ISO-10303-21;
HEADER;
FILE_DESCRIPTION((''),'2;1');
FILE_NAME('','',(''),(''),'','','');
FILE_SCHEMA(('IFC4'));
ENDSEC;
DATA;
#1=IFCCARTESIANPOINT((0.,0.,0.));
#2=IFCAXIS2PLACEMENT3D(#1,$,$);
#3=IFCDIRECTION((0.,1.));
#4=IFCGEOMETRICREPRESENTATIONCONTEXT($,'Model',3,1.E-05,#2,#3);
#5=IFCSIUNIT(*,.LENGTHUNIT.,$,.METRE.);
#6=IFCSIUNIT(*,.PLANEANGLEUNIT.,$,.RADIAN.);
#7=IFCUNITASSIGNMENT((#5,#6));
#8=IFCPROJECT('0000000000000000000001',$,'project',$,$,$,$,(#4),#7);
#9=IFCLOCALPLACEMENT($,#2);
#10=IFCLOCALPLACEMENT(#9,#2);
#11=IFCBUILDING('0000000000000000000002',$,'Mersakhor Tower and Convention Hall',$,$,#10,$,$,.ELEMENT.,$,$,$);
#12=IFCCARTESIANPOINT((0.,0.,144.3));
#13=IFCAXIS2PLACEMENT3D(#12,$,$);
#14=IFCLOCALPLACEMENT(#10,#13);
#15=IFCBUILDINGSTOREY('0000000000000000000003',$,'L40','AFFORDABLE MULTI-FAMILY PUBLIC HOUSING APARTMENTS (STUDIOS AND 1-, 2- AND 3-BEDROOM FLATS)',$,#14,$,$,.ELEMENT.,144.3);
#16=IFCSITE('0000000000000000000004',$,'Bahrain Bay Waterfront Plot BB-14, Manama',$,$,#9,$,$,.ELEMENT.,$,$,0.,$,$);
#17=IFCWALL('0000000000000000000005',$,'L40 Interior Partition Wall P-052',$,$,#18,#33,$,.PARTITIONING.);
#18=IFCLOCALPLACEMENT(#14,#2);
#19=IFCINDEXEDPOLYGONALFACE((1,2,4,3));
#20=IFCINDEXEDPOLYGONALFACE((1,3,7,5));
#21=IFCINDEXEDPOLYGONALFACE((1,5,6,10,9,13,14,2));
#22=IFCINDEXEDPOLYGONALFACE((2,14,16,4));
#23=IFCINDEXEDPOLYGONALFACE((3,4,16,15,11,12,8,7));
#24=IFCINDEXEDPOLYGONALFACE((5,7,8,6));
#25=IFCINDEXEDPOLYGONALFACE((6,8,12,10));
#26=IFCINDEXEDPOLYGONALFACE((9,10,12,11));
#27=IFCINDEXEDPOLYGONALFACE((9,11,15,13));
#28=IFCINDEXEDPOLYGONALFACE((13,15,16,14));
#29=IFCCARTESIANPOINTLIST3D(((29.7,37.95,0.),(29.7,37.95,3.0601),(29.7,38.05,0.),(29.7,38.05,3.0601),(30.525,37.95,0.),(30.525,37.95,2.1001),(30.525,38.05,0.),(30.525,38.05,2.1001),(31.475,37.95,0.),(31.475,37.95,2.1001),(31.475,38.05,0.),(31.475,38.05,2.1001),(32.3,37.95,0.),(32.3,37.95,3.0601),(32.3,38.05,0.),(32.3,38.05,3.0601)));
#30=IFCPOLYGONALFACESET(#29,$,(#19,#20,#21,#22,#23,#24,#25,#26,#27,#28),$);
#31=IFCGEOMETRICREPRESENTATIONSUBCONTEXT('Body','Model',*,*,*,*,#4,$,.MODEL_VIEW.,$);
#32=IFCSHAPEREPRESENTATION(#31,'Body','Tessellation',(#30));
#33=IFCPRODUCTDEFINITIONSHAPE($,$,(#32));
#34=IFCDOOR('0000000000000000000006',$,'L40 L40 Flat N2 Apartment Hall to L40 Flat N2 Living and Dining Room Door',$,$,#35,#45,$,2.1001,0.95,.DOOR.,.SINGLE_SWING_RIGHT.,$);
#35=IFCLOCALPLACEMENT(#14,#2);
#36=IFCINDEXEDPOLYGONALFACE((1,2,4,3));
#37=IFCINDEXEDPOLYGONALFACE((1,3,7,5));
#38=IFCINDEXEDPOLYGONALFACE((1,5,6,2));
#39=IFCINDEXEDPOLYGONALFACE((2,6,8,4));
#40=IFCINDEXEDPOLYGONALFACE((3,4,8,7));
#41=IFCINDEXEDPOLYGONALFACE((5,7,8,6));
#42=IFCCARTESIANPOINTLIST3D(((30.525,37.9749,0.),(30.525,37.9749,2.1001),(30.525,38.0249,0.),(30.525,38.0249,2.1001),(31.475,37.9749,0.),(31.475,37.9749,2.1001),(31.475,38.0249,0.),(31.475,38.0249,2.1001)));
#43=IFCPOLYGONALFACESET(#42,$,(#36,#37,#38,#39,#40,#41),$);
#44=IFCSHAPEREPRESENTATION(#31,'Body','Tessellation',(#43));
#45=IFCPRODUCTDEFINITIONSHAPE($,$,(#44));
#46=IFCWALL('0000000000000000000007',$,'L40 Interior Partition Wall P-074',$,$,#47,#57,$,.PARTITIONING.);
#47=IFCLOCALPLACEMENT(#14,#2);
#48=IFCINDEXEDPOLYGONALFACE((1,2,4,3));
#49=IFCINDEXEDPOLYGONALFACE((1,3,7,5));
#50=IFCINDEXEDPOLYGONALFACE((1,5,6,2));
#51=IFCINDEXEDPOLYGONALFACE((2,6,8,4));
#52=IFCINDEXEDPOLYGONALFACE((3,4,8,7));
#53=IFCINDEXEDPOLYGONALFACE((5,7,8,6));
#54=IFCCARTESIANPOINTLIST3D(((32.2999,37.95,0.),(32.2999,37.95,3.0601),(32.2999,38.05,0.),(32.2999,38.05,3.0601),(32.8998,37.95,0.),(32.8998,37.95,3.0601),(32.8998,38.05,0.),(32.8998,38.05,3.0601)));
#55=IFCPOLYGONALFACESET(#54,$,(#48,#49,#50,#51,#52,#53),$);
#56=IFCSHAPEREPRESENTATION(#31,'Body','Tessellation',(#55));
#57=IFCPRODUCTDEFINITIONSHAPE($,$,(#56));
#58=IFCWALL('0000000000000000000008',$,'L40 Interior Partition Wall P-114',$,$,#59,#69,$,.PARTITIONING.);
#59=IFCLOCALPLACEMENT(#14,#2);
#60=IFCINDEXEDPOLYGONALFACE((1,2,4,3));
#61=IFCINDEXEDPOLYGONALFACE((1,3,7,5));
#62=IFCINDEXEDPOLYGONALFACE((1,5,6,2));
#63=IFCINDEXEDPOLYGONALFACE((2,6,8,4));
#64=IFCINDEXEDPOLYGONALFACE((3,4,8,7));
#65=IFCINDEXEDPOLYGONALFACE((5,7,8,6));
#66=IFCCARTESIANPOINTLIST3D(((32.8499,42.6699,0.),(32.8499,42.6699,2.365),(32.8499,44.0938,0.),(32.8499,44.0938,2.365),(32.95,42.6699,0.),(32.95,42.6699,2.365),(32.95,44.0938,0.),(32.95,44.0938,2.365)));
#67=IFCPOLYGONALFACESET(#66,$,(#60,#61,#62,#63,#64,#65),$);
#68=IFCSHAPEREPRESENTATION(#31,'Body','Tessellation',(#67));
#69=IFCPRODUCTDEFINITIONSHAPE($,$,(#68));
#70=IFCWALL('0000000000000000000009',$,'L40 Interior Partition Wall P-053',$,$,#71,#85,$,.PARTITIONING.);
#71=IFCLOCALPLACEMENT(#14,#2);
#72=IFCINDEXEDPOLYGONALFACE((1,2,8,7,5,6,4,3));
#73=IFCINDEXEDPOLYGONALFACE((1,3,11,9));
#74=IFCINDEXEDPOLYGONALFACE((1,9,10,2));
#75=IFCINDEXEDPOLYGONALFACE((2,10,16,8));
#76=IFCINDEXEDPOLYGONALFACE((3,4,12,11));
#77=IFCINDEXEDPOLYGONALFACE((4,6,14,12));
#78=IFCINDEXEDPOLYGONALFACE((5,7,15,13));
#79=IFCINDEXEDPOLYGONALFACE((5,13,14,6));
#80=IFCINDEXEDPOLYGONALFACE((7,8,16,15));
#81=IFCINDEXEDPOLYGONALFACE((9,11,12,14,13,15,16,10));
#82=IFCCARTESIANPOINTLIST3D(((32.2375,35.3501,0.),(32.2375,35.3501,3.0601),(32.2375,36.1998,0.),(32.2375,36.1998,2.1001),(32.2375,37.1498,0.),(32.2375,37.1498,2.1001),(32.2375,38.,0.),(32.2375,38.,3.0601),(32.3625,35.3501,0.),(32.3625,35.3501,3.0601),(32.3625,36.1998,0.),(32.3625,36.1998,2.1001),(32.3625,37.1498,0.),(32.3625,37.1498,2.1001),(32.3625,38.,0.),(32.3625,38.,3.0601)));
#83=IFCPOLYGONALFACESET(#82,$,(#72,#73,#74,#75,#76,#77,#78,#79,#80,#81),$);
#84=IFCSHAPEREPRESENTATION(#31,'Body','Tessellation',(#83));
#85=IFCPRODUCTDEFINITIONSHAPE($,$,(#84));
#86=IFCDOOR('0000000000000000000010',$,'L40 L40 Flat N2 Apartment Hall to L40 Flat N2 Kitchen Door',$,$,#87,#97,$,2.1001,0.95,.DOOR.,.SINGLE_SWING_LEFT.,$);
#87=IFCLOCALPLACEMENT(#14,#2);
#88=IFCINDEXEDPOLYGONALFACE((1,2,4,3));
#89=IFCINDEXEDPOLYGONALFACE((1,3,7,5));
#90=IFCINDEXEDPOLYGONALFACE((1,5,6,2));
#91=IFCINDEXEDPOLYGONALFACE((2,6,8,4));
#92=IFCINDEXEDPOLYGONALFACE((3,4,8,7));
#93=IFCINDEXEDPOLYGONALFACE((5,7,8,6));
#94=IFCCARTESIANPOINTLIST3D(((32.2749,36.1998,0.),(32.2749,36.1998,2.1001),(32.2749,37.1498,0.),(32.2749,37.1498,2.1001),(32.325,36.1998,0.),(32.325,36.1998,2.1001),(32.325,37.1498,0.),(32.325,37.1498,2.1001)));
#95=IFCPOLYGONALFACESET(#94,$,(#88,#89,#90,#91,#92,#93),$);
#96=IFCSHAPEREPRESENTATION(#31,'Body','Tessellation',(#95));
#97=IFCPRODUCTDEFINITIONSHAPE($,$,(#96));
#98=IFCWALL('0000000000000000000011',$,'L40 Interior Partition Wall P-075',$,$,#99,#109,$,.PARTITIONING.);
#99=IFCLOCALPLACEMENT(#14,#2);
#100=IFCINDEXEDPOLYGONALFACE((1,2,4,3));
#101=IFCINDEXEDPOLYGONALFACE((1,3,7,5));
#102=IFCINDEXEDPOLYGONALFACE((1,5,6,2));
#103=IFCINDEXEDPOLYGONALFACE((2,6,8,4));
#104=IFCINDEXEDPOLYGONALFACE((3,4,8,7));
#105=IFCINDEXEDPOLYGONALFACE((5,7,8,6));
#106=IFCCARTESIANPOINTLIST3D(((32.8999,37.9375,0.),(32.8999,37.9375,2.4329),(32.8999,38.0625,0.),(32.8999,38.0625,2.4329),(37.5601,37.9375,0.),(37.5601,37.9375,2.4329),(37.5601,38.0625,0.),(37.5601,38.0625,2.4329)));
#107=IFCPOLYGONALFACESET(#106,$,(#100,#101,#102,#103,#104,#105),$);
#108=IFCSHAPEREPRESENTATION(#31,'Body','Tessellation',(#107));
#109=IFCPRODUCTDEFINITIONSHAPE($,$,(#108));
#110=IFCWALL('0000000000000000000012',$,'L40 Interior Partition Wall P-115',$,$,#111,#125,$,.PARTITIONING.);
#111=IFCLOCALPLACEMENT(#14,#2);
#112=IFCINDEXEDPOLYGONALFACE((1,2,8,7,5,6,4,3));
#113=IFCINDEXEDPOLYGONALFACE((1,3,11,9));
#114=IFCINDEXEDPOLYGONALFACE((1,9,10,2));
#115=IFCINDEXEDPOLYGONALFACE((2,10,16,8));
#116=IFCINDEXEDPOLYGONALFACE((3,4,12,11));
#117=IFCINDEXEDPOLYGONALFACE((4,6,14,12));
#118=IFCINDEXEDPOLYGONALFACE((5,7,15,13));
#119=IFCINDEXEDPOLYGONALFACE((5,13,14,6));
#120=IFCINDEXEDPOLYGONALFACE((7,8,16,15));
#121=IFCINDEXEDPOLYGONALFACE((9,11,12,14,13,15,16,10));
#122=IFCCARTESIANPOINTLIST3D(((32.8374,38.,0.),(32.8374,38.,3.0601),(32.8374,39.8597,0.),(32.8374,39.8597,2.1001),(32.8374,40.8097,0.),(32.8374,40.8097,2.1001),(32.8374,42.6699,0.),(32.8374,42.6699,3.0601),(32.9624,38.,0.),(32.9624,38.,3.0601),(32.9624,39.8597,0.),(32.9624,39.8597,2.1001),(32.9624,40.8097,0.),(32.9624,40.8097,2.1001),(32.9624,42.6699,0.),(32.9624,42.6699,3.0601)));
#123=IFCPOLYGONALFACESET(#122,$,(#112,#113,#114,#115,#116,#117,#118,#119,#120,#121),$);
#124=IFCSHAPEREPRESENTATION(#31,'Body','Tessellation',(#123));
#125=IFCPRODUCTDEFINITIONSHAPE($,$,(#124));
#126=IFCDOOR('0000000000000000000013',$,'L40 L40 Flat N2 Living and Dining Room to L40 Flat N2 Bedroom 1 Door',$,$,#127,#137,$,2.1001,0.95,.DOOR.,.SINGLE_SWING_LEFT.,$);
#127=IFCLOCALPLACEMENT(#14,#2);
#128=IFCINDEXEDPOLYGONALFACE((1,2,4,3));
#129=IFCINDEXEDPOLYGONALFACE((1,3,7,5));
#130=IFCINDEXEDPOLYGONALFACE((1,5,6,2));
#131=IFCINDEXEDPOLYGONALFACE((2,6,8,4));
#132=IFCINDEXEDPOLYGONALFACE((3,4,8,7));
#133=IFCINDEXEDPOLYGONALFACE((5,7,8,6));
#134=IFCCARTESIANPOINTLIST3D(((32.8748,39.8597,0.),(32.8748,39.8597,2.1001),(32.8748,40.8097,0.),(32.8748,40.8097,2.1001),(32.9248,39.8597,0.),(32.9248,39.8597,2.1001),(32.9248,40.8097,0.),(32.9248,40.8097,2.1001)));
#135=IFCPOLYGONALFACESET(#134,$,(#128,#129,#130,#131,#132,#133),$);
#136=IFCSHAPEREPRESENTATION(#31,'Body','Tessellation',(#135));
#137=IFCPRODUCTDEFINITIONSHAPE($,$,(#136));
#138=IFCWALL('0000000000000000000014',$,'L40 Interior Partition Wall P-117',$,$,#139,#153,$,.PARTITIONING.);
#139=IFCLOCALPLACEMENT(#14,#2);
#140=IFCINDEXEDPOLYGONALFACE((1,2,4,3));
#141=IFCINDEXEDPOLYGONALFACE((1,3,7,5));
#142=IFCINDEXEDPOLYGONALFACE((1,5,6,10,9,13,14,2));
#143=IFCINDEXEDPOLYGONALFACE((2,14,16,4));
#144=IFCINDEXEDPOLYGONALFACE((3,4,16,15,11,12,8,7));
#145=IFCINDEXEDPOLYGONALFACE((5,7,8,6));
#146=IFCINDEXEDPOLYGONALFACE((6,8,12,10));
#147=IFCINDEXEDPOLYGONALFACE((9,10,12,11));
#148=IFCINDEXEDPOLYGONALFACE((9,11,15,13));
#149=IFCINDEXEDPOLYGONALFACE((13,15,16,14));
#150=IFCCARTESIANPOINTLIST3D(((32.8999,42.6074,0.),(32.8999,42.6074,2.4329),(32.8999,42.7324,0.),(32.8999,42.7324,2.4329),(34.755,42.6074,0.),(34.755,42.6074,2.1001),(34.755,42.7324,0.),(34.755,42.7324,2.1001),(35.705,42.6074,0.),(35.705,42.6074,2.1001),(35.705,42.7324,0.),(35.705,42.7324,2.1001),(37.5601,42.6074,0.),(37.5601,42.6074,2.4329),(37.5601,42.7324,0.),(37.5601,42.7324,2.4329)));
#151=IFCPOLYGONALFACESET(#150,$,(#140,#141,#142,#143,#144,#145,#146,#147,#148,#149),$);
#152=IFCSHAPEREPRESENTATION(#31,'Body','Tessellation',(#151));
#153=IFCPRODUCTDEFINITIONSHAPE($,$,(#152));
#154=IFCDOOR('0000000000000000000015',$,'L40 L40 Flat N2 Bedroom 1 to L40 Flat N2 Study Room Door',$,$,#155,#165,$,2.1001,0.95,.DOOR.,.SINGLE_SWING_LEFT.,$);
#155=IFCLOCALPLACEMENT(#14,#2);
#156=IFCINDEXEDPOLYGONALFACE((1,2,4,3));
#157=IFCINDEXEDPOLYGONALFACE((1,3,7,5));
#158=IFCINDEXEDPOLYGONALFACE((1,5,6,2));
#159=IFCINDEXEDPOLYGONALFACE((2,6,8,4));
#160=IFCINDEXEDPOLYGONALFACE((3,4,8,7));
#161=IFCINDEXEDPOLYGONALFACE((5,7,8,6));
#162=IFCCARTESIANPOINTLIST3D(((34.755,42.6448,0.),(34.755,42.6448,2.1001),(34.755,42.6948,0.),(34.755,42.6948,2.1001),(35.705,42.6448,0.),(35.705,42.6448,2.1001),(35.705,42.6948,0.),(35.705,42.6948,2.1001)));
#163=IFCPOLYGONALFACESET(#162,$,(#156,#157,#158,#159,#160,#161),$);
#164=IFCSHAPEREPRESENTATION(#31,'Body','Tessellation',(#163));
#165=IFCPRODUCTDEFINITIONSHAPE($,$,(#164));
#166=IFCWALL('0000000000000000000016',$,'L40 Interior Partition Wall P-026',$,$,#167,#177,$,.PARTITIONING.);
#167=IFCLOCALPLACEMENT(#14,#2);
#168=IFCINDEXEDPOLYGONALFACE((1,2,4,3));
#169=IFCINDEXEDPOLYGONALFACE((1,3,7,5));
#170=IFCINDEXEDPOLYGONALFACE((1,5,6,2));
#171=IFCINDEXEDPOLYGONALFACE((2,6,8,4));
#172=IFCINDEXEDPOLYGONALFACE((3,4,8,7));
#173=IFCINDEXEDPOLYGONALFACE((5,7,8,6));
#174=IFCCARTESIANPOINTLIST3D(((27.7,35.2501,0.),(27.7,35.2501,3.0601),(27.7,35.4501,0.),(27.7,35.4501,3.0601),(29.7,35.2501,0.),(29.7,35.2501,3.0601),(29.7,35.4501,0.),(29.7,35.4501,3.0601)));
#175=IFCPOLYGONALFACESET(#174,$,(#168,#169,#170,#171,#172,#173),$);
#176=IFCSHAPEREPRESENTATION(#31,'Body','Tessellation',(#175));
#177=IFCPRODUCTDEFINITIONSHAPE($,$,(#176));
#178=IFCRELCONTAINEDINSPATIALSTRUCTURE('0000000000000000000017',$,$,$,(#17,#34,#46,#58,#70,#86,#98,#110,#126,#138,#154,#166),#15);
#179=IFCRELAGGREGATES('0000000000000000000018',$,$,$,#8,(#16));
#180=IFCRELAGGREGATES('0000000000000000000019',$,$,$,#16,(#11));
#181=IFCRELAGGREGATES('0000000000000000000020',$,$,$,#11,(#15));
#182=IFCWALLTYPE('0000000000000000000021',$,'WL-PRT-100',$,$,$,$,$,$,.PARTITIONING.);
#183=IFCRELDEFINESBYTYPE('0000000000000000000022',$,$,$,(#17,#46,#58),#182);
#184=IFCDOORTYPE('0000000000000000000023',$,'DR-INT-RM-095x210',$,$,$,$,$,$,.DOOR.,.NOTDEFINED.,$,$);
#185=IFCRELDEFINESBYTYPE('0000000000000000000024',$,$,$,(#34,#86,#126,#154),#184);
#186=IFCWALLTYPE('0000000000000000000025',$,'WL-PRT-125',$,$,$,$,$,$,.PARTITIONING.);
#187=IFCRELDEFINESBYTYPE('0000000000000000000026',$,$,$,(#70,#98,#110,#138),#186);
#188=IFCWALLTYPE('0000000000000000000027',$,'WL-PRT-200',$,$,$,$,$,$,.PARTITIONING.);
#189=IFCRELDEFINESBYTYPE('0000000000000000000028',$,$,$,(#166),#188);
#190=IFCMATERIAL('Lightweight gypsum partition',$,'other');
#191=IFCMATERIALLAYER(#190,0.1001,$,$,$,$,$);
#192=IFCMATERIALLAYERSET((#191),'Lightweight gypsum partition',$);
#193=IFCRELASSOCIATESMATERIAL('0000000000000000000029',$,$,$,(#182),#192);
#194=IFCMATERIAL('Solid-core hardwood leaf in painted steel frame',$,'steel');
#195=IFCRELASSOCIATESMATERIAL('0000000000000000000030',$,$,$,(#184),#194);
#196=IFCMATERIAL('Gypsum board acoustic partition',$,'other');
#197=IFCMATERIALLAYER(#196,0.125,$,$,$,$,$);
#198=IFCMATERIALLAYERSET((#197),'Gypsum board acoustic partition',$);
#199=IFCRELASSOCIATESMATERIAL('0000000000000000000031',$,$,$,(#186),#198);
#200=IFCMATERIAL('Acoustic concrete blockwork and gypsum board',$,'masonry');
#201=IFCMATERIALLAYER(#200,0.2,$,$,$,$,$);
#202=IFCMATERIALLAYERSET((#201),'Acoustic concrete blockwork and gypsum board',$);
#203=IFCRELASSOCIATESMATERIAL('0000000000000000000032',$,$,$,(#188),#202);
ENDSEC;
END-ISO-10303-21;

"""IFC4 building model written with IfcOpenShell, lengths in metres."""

from ifc_helpers import new_model, si_unit, direction, frame, frame_2d, origin, place, context, subcontext, project, spatial, rectangle, extrude, material, layer, layer_set, type_object, element, fill, save


model = new_model("IFC4")

# Units and contexts
model_context = context("Model", 3, precision=1e-05, world=origin(), true_north=direction((0.0, 1.0)))
body_context = subcontext(model_context, "Body", "Model", "MODEL_VIEW")
ifc_project = project(units=[si_unit("LENGTHUNIT", "METRE"), si_unit("PLANEANGLEUNIT", "RADIAN")], contexts=[model_context])

# Site, building, storey
site_placement = place(None, origin())
site = spatial("IfcSite", under=ifc_project, at=site_placement, Name="Bahrain Bay Waterfront Plot BB-14, Manama", CompositionType="ELEMENT", RefElevation=0.0)
building_placement = place(site_placement, origin())
building = spatial("IfcBuilding", under=site, at=building_placement, Name="Mersakhor Tower and Convention Hall", CompositionType="ELEMENT")
storey_placement = place(building_placement, frame((0.0, 0.0, 144.3)))
storey = spatial("IfcBuildingStorey", under=building, at=storey_placement, Name="L40", Description="AFFORDABLE MULTI-FAMILY PUBLIC HOUSING APARTMENTS (STUDIOS AND 1-, 2- AND 3-BEDROOM FLATS)", CompositionType="ELEMENT", Elevation=144.3)

# Wall, opening, door
ifc_material_1 = material(Name="Lightweight gypsum partition", Category="other")
ifc_layer_1 = layer(ifc_material_1, 0.1001)
ifc_layer_set_1 = layer_set([ifc_layer_1], Name="Lightweight gypsum partition")
wall_type_1 = type_object("IfcWallType", Name="WL-PRT-100", PredefinedType="PARTITIONING", material=ifc_layer_set_1)
wall_1_placement = place(storey_placement, frame((29.7, 38.0, 0.0), z_axis=(0.0, 0.0, 1.0), x_axis=(1.0, 0.0, 0.0)))
wall_1 = element("IfcWall", 1, at=wall_1_placement, inside=storey, type_object=wall_type_1, Name="L40 Interior Partition Wall P-052", PredefinedType="PARTITIONING", context=body_context, shape_type="SweptSolid", body=[
    extrude(rectangle(XDim=2.6001, YDim=0.1001, at=frame_2d((1.3, 0.0))), origin(), (0.0, 0.0, 1.0), 3.0601),
])
opening_1_placement = place(wall_1_placement, frame((0.825, 0.0, 0.0)))
opening_1 = element("IfcOpeningElement", 2, at=opening_1_placement, cuts=wall_1, PredefinedType="OPENING", context=body_context, shape_type="SweptSolid", body=[
    extrude(rectangle(XDim=0.95, YDim=2.1001, at=frame_2d((0.4751, 1.05))), frame((0.0, 0.0601, 0.0), z_axis=(0.0, -1.0, 0.0), x_axis=(1.0, 0.0, 0.0)), (0.0, 0.0, 1.0), 0.1201),
])
ifc_material_2 = material(Name="Solid-core hardwood leaf in painted steel frame", Category="steel")
door_type_1 = type_object("IfcDoorType", Name="DR-INT-RM-095x210", OperationType="NOTDEFINED", PredefinedType="DOOR", material=ifc_material_2)
door_1_placement = place(opening_1_placement, origin())
door_1 = element("IfcDoor", 3, at=door_1_placement, inside=storey, type_object=door_type_1, Name="L40 L40 Flat N2 Apartment Hall to L40 Flat N2 Living and Dining Room Door", OperationType="SINGLE_SWING_RIGHT", OverallHeight=2.1001, OverallWidth=0.95, PredefinedType="DOOR", context=body_context, shape_type="SweptSolid", body=[
    extrude(rectangle(XDim=0.95, YDim=2.1001, at=frame_2d((0.4751, 1.05))), frame((0.0, 0.0249, 0.0), z_axis=(0.0, -1.0, 0.0), x_axis=(1.0, 0.0, 0.0)), (0.0, 0.0, 1.0), 0.05),
])
fill(opening_1, door_1)

# Walls
wall_2_placement = place(storey_placement, frame((32.3, 38.0, 0.0), z_axis=(0.0, 0.0, 1.0), x_axis=(1.0, 0.0, 0.0)))
element("IfcWall", 4, at=wall_2_placement, inside=storey, type_object=wall_type_1, Name="L40 Interior Partition Wall P-074", PredefinedType="PARTITIONING", context=body_context, shape_type="SweptSolid", body=[
    extrude(rectangle(XDim=0.5999, YDim=0.1001, at=frame_2d((0.2998, 0.0))), origin(), (0.0, 0.0, 1.0), 3.0601),
])
wall_3_placement = place(storey_placement, frame((32.8999, 44.0938, 0.0), z_axis=(0.0, 0.0, 1.0), x_axis=(0.0, -1.0, 0.0)))
element("IfcWall", 5, at=wall_3_placement, inside=storey, type_object=wall_type_1, Name="L40 Interior Partition Wall P-114", PredefinedType="PARTITIONING", context=body_context, shape_type="SweptSolid", body=[
    extrude(rectangle(XDim=1.4238, YDim=0.1001, at=frame_2d((0.7119, 0.0))), origin(), (0.0, 0.0, 1.0), 2.365),
])

# Wall, opening, door
ifc_material_3 = material(Name="Gypsum board acoustic partition", Category="other")
ifc_layer_2 = layer(ifc_material_3, 0.125)
ifc_layer_set_2 = layer_set([ifc_layer_2], Name="Gypsum board acoustic partition")
wall_type_2 = type_object("IfcWallType", Name="WL-PRT-125", PredefinedType="PARTITIONING", material=ifc_layer_set_2)
wall_4_placement = place(storey_placement, frame((32.3, 38.0, 0.0), z_axis=(0.0, 0.0, 1.0), x_axis=(0.0, -1.0, 0.0)))
wall_4 = element("IfcWall", 6, at=wall_4_placement, inside=storey, type_object=wall_type_2, Name="L40 Interior Partition Wall P-053", PredefinedType="PARTITIONING", context=body_context, shape_type="SweptSolid", body=[
    extrude(rectangle(XDim=2.6499, YDim=0.125, at=frame_2d((1.325, 0.0))), origin(), (0.0, 0.0, 1.0), 3.0601),
])
opening_2_placement = place(wall_4_placement, frame((0.8501, 0.0, 0.0)))
opening_2 = element("IfcOpeningElement", 7, at=opening_2_placement, cuts=wall_4, PredefinedType="OPENING", context=body_context, shape_type="SweptSolid", body=[
    extrude(rectangle(XDim=0.95, YDim=2.1001, at=frame_2d((0.4751, 1.05))), frame((0.0, 0.0725, 0.0), z_axis=(0.0, -1.0, 0.0), x_axis=(1.0, 0.0, 0.0)), (0.0, 0.0, 1.0), 0.145),
])
door_2_placement = place(opening_2_placement, origin())
door_2 = element("IfcDoor", 8, at=door_2_placement, inside=storey, type_object=door_type_1, Name="L40 L40 Flat N2 Apartment Hall to L40 Flat N2 Kitchen Door", OperationType="SINGLE_SWING_LEFT", OverallHeight=2.1001, OverallWidth=0.95, PredefinedType="DOOR", context=body_context, shape_type="SweptSolid", body=[
    extrude(rectangle(XDim=0.95, YDim=2.1001, at=frame_2d((0.4751, 1.05))), frame((0.0, 0.0249, 0.0), z_axis=(0.0, -1.0, 0.0), x_axis=(1.0, 0.0, 0.0)), (0.0, 0.0, 1.0), 0.05),
])
fill(opening_2, door_2)

# Wall
wall_5_placement = place(storey_placement, frame((32.8999, 38.0, 0.0), z_axis=(0.0, 0.0, 1.0), x_axis=(1.0, 0.0, 0.0)))
element("IfcWall", 9, at=wall_5_placement, inside=storey, type_object=wall_type_2, Name="L40 Interior Partition Wall P-075", PredefinedType="PARTITIONING", context=body_context, shape_type="SweptSolid", body=[
    extrude(rectangle(XDim=4.6602, YDim=0.125, at=frame_2d((2.3301, 0.0))), origin(), (0.0, 0.0, 1.0), 2.4329),
])

# Walls, openings, doors
wall_6_placement = place(storey_placement, frame((32.8999, 42.6699, 0.0), z_axis=(0.0, 0.0, 1.0), x_axis=(0.0, -1.0, 0.0)))
wall_6 = element("IfcWall", 10, at=wall_6_placement, inside=storey, type_object=wall_type_2, Name="L40 Interior Partition Wall P-115", PredefinedType="PARTITIONING", context=body_context, shape_type="SweptSolid", body=[
    extrude(rectangle(XDim=4.6699, YDim=0.125, at=frame_2d((2.335, 0.0))), origin(), (0.0, 0.0, 1.0), 3.0601),
])
opening_3_placement = place(wall_6_placement, frame((1.8601, 0.0, 0.0)))
opening_3 = element("IfcOpeningElement", 11, at=opening_3_placement, cuts=wall_6, PredefinedType="OPENING", context=body_context, shape_type="SweptSolid", body=[
    extrude(rectangle(XDim=0.95, YDim=2.1001, at=frame_2d((0.4751, 1.05))), frame((0.0, 0.0725, 0.0), z_axis=(0.0, -1.0, 0.0), x_axis=(1.0, 0.0, 0.0)), (0.0, 0.0, 1.0), 0.145),
])
door_3_placement = place(opening_3_placement, origin())
door_3 = element("IfcDoor", 12, at=door_3_placement, inside=storey, type_object=door_type_1, Name="L40 L40 Flat N2 Living and Dining Room to L40 Flat N2 Bedroom 1 Door", OperationType="SINGLE_SWING_LEFT", OverallHeight=2.1001, OverallWidth=0.95, PredefinedType="DOOR", context=body_context, shape_type="SweptSolid", body=[
    extrude(rectangle(XDim=0.95, YDim=2.1001, at=frame_2d((0.4751, 1.05))), frame((0.0, 0.0249, 0.0), z_axis=(0.0, -1.0, 0.0), x_axis=(1.0, 0.0, 0.0)), (0.0, 0.0, 1.0), 0.05),
])
fill(opening_3, door_3)
wall_7_placement = place(storey_placement, frame((32.8999, 42.6699, 0.0), z_axis=(0.0, 0.0, 1.0), x_axis=(1.0, 0.0, 0.0)))
wall_7 = element("IfcWall", 13, at=wall_7_placement, inside=storey, type_object=wall_type_2, Name="L40 Interior Partition Wall P-117", PredefinedType="PARTITIONING", context=body_context, shape_type="SweptSolid", body=[
    extrude(rectangle(XDim=4.6602, YDim=0.125, at=frame_2d((2.3301, 0.0))), origin(), (0.0, 0.0, 1.0), 2.4329),
])
opening_4_placement = place(wall_7_placement, frame((1.855, 0.0, 0.0)))
opening_4 = element("IfcOpeningElement", 14, at=opening_4_placement, cuts=wall_7, PredefinedType="OPENING", context=body_context, shape_type="SweptSolid", body=[
    extrude(rectangle(XDim=0.95, YDim=2.1001, at=frame_2d((0.4751, 1.05))), frame((0.0, 0.0725, 0.0), z_axis=(0.0, -1.0, 0.0), x_axis=(1.0, 0.0, 0.0)), (0.0, 0.0, 1.0), 0.145),
])
door_4_placement = place(opening_4_placement, origin())
door_4 = element("IfcDoor", 15, at=door_4_placement, inside=storey, type_object=door_type_1, Name="L40 L40 Flat N2 Bedroom 1 to L40 Flat N2 Study Room Door", OperationType="SINGLE_SWING_LEFT", OverallHeight=2.1001, OverallWidth=0.95, PredefinedType="DOOR", context=body_context, shape_type="SweptSolid", body=[
    extrude(rectangle(XDim=0.95, YDim=2.1001, at=frame_2d((0.4751, 1.05))), frame((0.0, 0.0249, 0.0), z_axis=(0.0, -1.0, 0.0), x_axis=(1.0, 0.0, 0.0)), (0.0, 0.0, 1.0), 0.05),
])
fill(opening_4, door_4)

# Wall
ifc_material_4 = material(Name="Acoustic concrete blockwork and gypsum board", Category="masonry")
ifc_layer_3 = layer(ifc_material_4, 0.2)
ifc_layer_set_3 = layer_set([ifc_layer_3], Name="Acoustic concrete blockwork and gypsum board")
wall_type_3 = type_object("IfcWallType", Name="WL-PRT-200", PredefinedType="PARTITIONING", material=ifc_layer_set_3)
wall_8_placement = place(storey_placement, frame((27.7, 35.3501, 0.0), z_axis=(0.0, 0.0, 1.0), x_axis=(1.0, 0.0, 0.0)))
element("IfcWall", 16, at=wall_8_placement, inside=storey, type_object=wall_type_3, Name="L40 Interior Partition Wall P-026", PredefinedType="PARTITIONING", context=body_context, shape_type="SweptSolid", body=[
    extrude(rectangle(XDim=2.0, YDim=0.2, at=frame_2d((1.0, 0.0))), origin(), (0.0, 0.0, 1.0), 3.0601),
])

save(model, "model.ifc")
